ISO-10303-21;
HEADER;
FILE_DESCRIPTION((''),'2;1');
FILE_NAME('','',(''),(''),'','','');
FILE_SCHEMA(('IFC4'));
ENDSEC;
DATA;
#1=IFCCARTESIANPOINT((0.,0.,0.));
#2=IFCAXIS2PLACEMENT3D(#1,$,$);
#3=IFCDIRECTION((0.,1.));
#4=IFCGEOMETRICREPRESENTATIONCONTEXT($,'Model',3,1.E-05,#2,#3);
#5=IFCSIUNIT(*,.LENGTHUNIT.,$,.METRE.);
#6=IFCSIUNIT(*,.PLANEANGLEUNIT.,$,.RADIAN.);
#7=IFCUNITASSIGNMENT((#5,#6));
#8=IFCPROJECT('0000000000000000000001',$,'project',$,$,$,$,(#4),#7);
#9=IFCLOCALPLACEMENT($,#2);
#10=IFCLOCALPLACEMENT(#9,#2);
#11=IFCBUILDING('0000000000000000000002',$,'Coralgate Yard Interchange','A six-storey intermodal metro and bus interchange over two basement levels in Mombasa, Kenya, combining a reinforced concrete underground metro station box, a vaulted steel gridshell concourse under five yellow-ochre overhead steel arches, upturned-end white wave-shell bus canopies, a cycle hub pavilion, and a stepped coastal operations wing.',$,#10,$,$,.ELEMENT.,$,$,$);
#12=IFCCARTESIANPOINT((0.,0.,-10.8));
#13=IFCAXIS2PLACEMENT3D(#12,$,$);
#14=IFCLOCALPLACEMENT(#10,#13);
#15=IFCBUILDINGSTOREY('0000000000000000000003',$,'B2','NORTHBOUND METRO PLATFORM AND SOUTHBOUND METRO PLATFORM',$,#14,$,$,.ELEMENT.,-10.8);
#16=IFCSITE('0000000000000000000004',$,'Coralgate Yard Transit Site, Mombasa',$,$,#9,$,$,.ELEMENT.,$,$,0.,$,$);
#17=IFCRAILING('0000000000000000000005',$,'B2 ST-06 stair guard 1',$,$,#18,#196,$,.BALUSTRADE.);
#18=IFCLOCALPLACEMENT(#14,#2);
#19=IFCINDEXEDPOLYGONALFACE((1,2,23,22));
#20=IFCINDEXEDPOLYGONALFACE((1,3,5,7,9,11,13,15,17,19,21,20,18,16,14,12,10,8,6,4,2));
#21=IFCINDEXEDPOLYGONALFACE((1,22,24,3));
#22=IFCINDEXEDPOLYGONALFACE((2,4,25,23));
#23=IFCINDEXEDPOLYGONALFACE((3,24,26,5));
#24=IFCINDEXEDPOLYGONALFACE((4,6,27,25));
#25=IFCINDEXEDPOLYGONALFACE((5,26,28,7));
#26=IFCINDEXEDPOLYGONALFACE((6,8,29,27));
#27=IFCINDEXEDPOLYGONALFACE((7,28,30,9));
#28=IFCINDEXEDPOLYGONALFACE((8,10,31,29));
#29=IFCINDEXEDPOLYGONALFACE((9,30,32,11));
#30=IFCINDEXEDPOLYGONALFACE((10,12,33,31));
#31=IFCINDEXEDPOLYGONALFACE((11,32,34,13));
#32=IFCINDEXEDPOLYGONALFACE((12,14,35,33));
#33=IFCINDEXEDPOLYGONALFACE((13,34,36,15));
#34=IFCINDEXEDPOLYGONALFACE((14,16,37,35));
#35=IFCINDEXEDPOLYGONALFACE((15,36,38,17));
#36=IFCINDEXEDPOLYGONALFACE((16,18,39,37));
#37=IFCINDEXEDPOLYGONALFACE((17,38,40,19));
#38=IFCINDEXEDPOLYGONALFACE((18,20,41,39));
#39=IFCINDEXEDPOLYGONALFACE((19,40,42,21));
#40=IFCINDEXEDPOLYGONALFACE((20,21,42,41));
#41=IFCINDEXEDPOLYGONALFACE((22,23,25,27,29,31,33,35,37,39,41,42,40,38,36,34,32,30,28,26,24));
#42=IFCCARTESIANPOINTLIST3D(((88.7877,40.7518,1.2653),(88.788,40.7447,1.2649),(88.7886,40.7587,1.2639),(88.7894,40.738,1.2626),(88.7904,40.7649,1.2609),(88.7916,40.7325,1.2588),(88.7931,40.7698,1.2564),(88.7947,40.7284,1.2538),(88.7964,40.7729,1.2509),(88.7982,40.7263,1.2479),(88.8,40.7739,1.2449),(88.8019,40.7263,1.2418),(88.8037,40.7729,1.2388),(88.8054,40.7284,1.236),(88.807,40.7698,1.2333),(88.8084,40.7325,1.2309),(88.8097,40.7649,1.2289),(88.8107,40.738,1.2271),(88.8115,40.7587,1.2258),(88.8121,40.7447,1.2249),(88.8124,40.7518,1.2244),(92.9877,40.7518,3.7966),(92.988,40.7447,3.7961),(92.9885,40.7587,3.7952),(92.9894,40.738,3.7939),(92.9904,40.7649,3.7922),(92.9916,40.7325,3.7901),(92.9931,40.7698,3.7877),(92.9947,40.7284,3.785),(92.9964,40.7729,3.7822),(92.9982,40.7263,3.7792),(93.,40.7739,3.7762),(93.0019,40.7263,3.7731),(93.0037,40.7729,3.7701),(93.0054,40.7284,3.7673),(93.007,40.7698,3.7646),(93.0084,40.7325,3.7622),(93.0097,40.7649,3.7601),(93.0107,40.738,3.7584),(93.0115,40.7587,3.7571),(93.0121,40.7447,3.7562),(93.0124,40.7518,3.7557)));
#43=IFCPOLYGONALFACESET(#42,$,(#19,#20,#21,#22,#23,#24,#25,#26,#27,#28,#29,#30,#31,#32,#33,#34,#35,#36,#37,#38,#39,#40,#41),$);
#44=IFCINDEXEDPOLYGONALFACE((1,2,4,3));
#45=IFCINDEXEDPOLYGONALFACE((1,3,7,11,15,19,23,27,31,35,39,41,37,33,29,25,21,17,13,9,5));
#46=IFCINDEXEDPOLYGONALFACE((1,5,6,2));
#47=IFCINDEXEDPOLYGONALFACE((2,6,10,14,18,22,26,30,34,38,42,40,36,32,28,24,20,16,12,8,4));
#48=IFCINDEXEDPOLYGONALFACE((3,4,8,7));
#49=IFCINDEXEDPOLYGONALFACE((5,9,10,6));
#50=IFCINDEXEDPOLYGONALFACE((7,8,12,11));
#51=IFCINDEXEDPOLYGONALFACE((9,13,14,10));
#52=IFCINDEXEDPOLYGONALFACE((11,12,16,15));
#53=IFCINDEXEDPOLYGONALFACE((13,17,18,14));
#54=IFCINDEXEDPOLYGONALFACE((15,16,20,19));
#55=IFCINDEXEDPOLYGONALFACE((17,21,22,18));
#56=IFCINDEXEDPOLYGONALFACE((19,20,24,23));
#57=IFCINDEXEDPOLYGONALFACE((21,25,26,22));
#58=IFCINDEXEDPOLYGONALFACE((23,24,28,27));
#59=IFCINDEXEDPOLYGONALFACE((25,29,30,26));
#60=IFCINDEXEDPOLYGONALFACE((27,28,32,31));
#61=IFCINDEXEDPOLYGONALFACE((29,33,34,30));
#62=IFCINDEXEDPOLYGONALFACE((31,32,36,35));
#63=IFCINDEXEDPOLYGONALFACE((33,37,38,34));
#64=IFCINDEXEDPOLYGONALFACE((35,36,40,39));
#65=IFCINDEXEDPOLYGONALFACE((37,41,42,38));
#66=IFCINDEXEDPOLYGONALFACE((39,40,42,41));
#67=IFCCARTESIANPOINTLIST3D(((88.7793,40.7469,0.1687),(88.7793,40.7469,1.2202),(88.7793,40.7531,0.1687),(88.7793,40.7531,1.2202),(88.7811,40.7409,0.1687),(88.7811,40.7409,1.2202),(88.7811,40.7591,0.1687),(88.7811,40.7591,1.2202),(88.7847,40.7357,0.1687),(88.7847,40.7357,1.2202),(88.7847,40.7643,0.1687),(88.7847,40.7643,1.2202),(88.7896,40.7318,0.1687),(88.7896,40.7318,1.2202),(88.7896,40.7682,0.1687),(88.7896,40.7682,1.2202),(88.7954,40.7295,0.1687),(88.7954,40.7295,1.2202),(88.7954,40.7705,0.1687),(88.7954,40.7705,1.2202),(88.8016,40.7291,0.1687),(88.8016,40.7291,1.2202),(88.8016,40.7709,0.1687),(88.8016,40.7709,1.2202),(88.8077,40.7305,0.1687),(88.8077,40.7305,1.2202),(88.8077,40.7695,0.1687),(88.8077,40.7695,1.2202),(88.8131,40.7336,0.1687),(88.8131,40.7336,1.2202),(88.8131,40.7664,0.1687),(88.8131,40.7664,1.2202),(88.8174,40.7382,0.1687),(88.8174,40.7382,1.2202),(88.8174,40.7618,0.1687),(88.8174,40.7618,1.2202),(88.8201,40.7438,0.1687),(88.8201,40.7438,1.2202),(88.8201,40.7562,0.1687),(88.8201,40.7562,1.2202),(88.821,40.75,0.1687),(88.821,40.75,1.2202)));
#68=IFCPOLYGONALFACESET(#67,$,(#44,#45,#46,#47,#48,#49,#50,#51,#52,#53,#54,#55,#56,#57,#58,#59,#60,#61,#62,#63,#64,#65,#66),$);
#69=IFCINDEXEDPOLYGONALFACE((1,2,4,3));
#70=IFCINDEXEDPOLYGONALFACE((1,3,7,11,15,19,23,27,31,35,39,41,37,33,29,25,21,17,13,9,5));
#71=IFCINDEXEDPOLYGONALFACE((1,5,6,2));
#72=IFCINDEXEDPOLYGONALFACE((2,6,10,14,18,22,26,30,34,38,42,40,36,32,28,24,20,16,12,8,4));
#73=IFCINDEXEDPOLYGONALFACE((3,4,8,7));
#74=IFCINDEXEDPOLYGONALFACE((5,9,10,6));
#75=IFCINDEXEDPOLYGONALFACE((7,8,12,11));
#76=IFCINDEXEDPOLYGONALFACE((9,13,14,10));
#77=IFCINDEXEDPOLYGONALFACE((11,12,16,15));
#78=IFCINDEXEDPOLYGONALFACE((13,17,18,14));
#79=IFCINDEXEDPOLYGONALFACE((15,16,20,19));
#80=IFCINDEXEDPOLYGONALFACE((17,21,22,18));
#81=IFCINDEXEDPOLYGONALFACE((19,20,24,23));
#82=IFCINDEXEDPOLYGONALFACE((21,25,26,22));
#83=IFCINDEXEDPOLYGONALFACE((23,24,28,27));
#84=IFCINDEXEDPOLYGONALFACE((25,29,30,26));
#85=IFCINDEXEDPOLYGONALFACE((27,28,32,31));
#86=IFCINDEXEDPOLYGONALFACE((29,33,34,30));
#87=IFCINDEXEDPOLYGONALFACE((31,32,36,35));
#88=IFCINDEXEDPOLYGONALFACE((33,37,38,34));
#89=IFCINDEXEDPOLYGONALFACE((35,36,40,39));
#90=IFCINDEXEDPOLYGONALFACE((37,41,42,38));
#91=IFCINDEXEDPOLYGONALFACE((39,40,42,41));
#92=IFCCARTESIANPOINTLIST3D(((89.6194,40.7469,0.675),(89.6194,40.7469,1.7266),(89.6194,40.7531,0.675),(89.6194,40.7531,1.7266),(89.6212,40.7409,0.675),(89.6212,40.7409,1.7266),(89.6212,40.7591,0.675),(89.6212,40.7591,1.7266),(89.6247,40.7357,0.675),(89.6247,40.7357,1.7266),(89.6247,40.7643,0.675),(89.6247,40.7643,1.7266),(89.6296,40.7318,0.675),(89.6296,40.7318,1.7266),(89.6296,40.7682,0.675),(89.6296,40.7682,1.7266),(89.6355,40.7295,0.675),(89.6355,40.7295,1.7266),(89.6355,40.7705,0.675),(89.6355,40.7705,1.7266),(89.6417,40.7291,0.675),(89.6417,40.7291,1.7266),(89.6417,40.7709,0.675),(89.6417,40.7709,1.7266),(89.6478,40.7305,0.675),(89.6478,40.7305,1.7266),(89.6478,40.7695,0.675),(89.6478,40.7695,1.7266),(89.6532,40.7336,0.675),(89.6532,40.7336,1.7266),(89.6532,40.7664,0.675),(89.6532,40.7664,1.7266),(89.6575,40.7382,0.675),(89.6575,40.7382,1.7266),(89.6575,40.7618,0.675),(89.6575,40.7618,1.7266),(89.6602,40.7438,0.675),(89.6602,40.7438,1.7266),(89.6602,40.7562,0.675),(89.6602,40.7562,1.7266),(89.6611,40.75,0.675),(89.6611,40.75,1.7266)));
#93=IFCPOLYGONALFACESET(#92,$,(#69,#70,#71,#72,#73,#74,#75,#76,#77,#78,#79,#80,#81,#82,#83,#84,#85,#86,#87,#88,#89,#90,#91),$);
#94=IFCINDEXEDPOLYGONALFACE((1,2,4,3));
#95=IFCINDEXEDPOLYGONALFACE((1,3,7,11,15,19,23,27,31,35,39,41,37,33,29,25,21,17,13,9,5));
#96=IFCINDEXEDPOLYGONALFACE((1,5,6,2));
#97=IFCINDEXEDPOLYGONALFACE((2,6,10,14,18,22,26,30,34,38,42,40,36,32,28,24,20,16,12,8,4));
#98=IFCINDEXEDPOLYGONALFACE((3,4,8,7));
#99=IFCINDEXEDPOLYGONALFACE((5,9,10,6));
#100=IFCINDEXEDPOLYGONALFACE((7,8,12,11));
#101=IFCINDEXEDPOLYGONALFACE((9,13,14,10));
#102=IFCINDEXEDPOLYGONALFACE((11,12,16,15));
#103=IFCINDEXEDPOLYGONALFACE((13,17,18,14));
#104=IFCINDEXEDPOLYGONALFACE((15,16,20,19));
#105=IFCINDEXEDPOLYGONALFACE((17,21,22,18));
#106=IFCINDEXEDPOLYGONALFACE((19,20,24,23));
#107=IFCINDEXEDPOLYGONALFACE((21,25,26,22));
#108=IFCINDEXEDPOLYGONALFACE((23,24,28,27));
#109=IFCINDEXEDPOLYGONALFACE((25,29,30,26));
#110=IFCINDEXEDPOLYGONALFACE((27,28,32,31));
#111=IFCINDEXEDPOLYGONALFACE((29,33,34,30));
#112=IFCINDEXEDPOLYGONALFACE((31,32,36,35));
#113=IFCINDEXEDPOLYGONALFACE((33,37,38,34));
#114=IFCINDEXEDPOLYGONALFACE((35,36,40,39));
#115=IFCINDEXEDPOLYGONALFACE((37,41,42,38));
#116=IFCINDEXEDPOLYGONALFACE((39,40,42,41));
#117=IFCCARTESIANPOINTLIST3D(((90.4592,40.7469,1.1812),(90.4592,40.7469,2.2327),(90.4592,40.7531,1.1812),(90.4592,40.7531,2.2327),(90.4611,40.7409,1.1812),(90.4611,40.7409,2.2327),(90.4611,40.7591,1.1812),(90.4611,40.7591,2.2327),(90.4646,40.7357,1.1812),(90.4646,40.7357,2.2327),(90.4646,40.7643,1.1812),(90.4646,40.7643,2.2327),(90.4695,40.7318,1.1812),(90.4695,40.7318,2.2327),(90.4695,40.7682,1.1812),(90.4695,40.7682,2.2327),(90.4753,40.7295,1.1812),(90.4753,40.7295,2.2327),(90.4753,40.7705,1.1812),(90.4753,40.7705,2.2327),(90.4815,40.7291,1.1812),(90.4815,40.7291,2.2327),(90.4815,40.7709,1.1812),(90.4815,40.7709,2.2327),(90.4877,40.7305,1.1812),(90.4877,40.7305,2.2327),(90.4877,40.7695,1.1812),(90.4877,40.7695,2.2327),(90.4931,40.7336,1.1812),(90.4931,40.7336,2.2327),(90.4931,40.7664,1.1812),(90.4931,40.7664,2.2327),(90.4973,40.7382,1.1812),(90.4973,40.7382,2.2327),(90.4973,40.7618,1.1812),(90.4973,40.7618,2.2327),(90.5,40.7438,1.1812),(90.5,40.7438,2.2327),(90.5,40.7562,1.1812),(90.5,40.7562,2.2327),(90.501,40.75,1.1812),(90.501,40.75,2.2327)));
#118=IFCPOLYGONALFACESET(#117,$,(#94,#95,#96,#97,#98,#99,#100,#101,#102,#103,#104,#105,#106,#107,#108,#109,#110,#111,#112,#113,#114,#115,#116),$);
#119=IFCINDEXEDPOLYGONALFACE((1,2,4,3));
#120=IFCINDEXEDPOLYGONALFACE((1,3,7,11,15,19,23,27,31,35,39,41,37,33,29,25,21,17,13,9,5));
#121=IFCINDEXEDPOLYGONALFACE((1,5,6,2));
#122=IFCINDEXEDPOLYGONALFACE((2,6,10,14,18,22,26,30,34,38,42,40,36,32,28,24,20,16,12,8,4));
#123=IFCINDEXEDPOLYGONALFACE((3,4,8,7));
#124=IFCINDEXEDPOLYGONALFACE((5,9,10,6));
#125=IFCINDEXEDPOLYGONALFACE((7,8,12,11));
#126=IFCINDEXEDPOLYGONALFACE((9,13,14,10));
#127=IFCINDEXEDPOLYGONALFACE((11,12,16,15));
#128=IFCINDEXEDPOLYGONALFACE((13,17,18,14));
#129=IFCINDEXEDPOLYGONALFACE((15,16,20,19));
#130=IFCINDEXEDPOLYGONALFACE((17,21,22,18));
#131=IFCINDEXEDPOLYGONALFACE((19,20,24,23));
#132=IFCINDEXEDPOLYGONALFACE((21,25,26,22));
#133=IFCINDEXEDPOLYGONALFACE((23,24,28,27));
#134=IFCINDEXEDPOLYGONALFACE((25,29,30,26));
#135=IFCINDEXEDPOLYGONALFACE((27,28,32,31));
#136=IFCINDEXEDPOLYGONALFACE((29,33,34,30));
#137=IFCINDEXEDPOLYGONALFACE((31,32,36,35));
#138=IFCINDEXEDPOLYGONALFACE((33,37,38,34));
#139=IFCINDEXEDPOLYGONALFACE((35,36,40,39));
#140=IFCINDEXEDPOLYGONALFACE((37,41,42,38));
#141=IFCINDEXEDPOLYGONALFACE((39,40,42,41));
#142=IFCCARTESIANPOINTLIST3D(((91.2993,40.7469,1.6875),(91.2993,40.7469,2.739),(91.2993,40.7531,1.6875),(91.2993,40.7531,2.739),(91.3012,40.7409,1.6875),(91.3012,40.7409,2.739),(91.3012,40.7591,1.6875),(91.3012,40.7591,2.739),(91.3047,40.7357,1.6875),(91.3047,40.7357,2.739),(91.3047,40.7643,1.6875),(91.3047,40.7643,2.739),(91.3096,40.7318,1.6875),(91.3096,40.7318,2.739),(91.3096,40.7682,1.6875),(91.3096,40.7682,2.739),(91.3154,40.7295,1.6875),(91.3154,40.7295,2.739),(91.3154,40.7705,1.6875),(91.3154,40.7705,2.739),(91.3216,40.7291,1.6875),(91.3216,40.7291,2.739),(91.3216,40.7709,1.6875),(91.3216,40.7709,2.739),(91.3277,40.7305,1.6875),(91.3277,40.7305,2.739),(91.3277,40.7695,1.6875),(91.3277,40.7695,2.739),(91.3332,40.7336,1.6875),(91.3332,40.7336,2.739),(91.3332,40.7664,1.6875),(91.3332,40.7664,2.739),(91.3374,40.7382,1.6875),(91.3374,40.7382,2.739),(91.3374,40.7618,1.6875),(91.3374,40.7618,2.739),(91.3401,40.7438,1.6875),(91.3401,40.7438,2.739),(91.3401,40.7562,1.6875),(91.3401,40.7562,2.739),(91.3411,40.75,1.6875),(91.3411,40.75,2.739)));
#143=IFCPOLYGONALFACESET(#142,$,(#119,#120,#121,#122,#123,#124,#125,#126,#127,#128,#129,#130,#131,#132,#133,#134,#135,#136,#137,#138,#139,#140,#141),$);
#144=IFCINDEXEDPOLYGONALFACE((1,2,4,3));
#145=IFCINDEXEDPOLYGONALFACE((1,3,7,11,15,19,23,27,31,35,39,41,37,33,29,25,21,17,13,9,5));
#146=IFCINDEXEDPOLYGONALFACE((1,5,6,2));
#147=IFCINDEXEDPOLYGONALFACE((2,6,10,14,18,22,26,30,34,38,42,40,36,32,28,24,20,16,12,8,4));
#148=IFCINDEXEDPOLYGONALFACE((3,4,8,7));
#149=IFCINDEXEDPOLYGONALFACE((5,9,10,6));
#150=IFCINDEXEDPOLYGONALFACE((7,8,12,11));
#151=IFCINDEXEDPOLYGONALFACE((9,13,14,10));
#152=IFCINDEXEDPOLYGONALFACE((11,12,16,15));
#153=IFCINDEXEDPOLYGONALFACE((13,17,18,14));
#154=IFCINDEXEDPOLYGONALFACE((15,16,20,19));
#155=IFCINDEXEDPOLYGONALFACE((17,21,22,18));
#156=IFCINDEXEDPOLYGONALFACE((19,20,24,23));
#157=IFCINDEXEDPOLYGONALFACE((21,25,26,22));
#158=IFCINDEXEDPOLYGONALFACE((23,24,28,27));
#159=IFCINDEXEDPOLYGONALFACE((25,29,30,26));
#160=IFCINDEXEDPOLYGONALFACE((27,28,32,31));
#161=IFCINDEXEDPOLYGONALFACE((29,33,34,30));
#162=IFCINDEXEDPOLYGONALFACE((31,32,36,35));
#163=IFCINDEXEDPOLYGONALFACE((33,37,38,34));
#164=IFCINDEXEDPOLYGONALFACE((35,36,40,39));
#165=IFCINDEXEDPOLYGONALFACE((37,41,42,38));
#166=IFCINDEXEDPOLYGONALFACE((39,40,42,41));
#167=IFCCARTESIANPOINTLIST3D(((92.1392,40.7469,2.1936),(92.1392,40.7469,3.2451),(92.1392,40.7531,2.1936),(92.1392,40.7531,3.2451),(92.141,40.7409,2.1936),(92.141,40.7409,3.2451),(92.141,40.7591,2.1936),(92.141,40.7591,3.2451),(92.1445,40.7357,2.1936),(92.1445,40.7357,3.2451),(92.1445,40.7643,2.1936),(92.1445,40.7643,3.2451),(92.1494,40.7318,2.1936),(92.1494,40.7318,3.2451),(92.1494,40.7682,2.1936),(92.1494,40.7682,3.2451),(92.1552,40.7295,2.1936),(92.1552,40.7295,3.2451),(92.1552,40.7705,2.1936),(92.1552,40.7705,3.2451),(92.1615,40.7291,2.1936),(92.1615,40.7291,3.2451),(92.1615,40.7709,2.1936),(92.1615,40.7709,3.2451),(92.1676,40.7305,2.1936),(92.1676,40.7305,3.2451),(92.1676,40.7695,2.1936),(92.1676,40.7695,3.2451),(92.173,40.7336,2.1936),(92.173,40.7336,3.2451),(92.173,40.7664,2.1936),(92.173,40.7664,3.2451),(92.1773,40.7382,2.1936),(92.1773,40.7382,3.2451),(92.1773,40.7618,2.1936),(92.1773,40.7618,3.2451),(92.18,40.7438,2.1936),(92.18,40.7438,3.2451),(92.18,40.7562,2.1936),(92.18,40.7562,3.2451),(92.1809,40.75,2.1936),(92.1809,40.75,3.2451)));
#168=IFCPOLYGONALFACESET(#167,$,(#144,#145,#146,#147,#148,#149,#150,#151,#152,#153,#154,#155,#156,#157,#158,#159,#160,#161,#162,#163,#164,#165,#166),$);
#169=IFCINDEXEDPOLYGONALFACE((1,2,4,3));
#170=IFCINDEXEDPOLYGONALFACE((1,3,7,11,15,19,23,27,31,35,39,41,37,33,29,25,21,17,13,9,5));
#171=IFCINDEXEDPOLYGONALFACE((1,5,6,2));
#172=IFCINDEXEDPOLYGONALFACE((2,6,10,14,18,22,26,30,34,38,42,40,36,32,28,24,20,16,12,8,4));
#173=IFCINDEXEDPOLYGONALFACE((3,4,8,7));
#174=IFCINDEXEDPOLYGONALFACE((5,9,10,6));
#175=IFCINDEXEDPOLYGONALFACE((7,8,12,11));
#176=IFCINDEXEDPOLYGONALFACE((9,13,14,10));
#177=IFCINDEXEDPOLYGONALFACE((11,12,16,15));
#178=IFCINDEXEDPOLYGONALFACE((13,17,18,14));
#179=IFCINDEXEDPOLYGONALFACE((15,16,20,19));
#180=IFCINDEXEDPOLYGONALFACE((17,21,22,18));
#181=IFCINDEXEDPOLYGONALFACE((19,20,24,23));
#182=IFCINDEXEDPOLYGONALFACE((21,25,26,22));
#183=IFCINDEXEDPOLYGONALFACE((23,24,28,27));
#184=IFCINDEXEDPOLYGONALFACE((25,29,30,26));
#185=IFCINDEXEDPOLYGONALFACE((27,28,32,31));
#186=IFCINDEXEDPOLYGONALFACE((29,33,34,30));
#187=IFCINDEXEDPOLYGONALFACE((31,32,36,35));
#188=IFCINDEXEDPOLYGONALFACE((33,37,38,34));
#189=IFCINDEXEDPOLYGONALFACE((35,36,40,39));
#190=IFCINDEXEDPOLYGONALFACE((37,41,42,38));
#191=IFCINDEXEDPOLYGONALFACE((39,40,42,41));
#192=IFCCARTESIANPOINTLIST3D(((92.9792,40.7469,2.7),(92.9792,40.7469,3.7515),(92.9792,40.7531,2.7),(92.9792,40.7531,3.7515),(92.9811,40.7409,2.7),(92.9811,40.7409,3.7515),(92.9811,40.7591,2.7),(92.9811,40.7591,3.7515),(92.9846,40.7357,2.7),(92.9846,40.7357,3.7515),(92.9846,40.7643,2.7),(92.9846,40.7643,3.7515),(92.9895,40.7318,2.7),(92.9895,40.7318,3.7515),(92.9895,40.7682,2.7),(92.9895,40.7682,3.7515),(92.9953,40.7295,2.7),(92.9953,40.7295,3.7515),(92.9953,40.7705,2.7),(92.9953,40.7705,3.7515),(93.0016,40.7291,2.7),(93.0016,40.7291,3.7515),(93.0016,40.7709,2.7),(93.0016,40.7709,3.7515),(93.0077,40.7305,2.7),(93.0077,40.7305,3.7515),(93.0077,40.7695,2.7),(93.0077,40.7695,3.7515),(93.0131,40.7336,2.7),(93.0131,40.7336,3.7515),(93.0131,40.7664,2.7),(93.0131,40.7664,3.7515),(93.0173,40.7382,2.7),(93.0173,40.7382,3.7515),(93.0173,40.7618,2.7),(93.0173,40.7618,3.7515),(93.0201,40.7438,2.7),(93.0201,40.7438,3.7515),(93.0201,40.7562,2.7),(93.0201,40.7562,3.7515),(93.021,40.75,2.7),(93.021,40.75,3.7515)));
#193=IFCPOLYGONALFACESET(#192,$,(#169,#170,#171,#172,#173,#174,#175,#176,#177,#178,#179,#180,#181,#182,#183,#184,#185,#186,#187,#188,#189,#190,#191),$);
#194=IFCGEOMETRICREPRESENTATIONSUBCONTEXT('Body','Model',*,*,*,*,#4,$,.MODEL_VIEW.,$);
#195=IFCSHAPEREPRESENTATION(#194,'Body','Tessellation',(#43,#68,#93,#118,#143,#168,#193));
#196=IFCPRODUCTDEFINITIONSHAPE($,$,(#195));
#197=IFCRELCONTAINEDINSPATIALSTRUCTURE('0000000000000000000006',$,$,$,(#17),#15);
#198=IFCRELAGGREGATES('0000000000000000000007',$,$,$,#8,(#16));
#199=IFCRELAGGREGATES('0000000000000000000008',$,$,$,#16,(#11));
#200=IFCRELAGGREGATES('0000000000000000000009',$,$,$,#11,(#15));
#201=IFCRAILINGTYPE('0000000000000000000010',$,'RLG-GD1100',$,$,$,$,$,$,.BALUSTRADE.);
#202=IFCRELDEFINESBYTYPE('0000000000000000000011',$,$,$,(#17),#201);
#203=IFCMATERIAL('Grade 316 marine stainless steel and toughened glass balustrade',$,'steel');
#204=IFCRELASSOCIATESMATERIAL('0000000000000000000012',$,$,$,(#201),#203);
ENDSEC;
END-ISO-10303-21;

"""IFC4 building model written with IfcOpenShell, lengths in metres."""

from ifc_helpers import new_model, si_unit, direction, frame, origin, origin_2d, place, context, subcontext, project, spatial, circle, extrude, material, type_object, element, save


model = new_model("IFC4")

# Units and contexts
model_context = context("Model", 3, precision=1e-05, world=origin(), true_north=direction((0.0, 1.0)))
body_context = subcontext(model_context, "Body", "Model", "MODEL_VIEW")
ifc_project = project(units=[si_unit("LENGTHUNIT", "METRE"), si_unit("PLANEANGLEUNIT", "RADIAN")], contexts=[model_context])

# Site, building, storey
site_placement = place(None, origin())
site = spatial("IfcSite", under=ifc_project, at=site_placement, Name="Coralgate Yard Transit Site, Mombasa", CompositionType="ELEMENT", RefElevation=0.0)
building_placement = place(site_placement, origin())
building = spatial("IfcBuilding", under=site, at=building_placement, Name="Coralgate Yard Interchange", Description="A six-storey intermodal metro and bus interchange over two basement levels in Mombasa, Kenya, combining a reinforced concrete underground metro station box, a vaulted steel gridshell concourse under five yellow-ochre overhead steel arches, upturned-end white wave-shell bus canopies, a cycle hub pavilion, and a stepped coastal operations wing.", CompositionType="ELEMENT")
storey_placement = place(building_placement, frame((0.0, 0.0, -10.8)))
storey = spatial("IfcBuildingStorey", under=building, at=storey_placement, Name="B2", Description="NORTHBOUND METRO PLATFORM AND SOUTHBOUND METRO PLATFORM", CompositionType="ELEMENT", Elevation=-10.8)

# Railing
ifc_material_1 = material(Name="Grade 316 marine stainless steel and toughened glass balustrade", Category="steel")
railing_type_1 = type_object("IfcRailingType", Name="RLG-GD1100", PredefinedType="BALUSTRADE", material=ifc_material_1)
railing_1_placement = place(storey_placement, frame((88.8, 40.75, 0.1687)))
element("IfcRailing", 1, at=railing_1_placement, inside=storey, type_object=railing_type_1, Name="B2 ST-06 stair guard 1", PredefinedType="BALUSTRADE", context=body_context, shape_type="SweptSolid", body=[
    extrude(circle(Radius=0.0239, at=origin_2d()), frame((0.0, 0.0, 1.0762), z_axis=(0.856476, 0.0, 0.516186), x_axis=(0.0, 1.0, 0.0)), (0.0, 0.0, 1.0), 4.9038),
    extrude(circle(Radius=0.021, at=origin_2d()), origin(), (0.0, 0.0, 1.0), 1.0515),
    extrude(circle(Radius=0.021, at=origin_2d()), frame((0.8401, 0.0, 0.5063)), (0.0, 0.0, 1.0), 1.0515),
    extrude(circle(Radius=0.021, at=origin_2d()), frame((1.6799, 0.0, 1.0125)), (0.0, 0.0, 1.0), 1.0515),
    extrude(circle(Radius=0.021, at=origin_2d()), frame((2.52, 0.0, 1.5188)), (0.0, 0.0, 1.0), 1.0515),
    extrude(circle(Radius=0.021, at=origin_2d()), frame((3.3599, 0.0, 2.0249)), (0.0, 0.0, 1.0), 1.0515),
    extrude(circle(Radius=0.021, at=origin_2d()), frame((4.2, 0.0, 2.5312)), (0.0, 0.0, 1.0), 1.0515),
])

save(model, "model.ifc")
